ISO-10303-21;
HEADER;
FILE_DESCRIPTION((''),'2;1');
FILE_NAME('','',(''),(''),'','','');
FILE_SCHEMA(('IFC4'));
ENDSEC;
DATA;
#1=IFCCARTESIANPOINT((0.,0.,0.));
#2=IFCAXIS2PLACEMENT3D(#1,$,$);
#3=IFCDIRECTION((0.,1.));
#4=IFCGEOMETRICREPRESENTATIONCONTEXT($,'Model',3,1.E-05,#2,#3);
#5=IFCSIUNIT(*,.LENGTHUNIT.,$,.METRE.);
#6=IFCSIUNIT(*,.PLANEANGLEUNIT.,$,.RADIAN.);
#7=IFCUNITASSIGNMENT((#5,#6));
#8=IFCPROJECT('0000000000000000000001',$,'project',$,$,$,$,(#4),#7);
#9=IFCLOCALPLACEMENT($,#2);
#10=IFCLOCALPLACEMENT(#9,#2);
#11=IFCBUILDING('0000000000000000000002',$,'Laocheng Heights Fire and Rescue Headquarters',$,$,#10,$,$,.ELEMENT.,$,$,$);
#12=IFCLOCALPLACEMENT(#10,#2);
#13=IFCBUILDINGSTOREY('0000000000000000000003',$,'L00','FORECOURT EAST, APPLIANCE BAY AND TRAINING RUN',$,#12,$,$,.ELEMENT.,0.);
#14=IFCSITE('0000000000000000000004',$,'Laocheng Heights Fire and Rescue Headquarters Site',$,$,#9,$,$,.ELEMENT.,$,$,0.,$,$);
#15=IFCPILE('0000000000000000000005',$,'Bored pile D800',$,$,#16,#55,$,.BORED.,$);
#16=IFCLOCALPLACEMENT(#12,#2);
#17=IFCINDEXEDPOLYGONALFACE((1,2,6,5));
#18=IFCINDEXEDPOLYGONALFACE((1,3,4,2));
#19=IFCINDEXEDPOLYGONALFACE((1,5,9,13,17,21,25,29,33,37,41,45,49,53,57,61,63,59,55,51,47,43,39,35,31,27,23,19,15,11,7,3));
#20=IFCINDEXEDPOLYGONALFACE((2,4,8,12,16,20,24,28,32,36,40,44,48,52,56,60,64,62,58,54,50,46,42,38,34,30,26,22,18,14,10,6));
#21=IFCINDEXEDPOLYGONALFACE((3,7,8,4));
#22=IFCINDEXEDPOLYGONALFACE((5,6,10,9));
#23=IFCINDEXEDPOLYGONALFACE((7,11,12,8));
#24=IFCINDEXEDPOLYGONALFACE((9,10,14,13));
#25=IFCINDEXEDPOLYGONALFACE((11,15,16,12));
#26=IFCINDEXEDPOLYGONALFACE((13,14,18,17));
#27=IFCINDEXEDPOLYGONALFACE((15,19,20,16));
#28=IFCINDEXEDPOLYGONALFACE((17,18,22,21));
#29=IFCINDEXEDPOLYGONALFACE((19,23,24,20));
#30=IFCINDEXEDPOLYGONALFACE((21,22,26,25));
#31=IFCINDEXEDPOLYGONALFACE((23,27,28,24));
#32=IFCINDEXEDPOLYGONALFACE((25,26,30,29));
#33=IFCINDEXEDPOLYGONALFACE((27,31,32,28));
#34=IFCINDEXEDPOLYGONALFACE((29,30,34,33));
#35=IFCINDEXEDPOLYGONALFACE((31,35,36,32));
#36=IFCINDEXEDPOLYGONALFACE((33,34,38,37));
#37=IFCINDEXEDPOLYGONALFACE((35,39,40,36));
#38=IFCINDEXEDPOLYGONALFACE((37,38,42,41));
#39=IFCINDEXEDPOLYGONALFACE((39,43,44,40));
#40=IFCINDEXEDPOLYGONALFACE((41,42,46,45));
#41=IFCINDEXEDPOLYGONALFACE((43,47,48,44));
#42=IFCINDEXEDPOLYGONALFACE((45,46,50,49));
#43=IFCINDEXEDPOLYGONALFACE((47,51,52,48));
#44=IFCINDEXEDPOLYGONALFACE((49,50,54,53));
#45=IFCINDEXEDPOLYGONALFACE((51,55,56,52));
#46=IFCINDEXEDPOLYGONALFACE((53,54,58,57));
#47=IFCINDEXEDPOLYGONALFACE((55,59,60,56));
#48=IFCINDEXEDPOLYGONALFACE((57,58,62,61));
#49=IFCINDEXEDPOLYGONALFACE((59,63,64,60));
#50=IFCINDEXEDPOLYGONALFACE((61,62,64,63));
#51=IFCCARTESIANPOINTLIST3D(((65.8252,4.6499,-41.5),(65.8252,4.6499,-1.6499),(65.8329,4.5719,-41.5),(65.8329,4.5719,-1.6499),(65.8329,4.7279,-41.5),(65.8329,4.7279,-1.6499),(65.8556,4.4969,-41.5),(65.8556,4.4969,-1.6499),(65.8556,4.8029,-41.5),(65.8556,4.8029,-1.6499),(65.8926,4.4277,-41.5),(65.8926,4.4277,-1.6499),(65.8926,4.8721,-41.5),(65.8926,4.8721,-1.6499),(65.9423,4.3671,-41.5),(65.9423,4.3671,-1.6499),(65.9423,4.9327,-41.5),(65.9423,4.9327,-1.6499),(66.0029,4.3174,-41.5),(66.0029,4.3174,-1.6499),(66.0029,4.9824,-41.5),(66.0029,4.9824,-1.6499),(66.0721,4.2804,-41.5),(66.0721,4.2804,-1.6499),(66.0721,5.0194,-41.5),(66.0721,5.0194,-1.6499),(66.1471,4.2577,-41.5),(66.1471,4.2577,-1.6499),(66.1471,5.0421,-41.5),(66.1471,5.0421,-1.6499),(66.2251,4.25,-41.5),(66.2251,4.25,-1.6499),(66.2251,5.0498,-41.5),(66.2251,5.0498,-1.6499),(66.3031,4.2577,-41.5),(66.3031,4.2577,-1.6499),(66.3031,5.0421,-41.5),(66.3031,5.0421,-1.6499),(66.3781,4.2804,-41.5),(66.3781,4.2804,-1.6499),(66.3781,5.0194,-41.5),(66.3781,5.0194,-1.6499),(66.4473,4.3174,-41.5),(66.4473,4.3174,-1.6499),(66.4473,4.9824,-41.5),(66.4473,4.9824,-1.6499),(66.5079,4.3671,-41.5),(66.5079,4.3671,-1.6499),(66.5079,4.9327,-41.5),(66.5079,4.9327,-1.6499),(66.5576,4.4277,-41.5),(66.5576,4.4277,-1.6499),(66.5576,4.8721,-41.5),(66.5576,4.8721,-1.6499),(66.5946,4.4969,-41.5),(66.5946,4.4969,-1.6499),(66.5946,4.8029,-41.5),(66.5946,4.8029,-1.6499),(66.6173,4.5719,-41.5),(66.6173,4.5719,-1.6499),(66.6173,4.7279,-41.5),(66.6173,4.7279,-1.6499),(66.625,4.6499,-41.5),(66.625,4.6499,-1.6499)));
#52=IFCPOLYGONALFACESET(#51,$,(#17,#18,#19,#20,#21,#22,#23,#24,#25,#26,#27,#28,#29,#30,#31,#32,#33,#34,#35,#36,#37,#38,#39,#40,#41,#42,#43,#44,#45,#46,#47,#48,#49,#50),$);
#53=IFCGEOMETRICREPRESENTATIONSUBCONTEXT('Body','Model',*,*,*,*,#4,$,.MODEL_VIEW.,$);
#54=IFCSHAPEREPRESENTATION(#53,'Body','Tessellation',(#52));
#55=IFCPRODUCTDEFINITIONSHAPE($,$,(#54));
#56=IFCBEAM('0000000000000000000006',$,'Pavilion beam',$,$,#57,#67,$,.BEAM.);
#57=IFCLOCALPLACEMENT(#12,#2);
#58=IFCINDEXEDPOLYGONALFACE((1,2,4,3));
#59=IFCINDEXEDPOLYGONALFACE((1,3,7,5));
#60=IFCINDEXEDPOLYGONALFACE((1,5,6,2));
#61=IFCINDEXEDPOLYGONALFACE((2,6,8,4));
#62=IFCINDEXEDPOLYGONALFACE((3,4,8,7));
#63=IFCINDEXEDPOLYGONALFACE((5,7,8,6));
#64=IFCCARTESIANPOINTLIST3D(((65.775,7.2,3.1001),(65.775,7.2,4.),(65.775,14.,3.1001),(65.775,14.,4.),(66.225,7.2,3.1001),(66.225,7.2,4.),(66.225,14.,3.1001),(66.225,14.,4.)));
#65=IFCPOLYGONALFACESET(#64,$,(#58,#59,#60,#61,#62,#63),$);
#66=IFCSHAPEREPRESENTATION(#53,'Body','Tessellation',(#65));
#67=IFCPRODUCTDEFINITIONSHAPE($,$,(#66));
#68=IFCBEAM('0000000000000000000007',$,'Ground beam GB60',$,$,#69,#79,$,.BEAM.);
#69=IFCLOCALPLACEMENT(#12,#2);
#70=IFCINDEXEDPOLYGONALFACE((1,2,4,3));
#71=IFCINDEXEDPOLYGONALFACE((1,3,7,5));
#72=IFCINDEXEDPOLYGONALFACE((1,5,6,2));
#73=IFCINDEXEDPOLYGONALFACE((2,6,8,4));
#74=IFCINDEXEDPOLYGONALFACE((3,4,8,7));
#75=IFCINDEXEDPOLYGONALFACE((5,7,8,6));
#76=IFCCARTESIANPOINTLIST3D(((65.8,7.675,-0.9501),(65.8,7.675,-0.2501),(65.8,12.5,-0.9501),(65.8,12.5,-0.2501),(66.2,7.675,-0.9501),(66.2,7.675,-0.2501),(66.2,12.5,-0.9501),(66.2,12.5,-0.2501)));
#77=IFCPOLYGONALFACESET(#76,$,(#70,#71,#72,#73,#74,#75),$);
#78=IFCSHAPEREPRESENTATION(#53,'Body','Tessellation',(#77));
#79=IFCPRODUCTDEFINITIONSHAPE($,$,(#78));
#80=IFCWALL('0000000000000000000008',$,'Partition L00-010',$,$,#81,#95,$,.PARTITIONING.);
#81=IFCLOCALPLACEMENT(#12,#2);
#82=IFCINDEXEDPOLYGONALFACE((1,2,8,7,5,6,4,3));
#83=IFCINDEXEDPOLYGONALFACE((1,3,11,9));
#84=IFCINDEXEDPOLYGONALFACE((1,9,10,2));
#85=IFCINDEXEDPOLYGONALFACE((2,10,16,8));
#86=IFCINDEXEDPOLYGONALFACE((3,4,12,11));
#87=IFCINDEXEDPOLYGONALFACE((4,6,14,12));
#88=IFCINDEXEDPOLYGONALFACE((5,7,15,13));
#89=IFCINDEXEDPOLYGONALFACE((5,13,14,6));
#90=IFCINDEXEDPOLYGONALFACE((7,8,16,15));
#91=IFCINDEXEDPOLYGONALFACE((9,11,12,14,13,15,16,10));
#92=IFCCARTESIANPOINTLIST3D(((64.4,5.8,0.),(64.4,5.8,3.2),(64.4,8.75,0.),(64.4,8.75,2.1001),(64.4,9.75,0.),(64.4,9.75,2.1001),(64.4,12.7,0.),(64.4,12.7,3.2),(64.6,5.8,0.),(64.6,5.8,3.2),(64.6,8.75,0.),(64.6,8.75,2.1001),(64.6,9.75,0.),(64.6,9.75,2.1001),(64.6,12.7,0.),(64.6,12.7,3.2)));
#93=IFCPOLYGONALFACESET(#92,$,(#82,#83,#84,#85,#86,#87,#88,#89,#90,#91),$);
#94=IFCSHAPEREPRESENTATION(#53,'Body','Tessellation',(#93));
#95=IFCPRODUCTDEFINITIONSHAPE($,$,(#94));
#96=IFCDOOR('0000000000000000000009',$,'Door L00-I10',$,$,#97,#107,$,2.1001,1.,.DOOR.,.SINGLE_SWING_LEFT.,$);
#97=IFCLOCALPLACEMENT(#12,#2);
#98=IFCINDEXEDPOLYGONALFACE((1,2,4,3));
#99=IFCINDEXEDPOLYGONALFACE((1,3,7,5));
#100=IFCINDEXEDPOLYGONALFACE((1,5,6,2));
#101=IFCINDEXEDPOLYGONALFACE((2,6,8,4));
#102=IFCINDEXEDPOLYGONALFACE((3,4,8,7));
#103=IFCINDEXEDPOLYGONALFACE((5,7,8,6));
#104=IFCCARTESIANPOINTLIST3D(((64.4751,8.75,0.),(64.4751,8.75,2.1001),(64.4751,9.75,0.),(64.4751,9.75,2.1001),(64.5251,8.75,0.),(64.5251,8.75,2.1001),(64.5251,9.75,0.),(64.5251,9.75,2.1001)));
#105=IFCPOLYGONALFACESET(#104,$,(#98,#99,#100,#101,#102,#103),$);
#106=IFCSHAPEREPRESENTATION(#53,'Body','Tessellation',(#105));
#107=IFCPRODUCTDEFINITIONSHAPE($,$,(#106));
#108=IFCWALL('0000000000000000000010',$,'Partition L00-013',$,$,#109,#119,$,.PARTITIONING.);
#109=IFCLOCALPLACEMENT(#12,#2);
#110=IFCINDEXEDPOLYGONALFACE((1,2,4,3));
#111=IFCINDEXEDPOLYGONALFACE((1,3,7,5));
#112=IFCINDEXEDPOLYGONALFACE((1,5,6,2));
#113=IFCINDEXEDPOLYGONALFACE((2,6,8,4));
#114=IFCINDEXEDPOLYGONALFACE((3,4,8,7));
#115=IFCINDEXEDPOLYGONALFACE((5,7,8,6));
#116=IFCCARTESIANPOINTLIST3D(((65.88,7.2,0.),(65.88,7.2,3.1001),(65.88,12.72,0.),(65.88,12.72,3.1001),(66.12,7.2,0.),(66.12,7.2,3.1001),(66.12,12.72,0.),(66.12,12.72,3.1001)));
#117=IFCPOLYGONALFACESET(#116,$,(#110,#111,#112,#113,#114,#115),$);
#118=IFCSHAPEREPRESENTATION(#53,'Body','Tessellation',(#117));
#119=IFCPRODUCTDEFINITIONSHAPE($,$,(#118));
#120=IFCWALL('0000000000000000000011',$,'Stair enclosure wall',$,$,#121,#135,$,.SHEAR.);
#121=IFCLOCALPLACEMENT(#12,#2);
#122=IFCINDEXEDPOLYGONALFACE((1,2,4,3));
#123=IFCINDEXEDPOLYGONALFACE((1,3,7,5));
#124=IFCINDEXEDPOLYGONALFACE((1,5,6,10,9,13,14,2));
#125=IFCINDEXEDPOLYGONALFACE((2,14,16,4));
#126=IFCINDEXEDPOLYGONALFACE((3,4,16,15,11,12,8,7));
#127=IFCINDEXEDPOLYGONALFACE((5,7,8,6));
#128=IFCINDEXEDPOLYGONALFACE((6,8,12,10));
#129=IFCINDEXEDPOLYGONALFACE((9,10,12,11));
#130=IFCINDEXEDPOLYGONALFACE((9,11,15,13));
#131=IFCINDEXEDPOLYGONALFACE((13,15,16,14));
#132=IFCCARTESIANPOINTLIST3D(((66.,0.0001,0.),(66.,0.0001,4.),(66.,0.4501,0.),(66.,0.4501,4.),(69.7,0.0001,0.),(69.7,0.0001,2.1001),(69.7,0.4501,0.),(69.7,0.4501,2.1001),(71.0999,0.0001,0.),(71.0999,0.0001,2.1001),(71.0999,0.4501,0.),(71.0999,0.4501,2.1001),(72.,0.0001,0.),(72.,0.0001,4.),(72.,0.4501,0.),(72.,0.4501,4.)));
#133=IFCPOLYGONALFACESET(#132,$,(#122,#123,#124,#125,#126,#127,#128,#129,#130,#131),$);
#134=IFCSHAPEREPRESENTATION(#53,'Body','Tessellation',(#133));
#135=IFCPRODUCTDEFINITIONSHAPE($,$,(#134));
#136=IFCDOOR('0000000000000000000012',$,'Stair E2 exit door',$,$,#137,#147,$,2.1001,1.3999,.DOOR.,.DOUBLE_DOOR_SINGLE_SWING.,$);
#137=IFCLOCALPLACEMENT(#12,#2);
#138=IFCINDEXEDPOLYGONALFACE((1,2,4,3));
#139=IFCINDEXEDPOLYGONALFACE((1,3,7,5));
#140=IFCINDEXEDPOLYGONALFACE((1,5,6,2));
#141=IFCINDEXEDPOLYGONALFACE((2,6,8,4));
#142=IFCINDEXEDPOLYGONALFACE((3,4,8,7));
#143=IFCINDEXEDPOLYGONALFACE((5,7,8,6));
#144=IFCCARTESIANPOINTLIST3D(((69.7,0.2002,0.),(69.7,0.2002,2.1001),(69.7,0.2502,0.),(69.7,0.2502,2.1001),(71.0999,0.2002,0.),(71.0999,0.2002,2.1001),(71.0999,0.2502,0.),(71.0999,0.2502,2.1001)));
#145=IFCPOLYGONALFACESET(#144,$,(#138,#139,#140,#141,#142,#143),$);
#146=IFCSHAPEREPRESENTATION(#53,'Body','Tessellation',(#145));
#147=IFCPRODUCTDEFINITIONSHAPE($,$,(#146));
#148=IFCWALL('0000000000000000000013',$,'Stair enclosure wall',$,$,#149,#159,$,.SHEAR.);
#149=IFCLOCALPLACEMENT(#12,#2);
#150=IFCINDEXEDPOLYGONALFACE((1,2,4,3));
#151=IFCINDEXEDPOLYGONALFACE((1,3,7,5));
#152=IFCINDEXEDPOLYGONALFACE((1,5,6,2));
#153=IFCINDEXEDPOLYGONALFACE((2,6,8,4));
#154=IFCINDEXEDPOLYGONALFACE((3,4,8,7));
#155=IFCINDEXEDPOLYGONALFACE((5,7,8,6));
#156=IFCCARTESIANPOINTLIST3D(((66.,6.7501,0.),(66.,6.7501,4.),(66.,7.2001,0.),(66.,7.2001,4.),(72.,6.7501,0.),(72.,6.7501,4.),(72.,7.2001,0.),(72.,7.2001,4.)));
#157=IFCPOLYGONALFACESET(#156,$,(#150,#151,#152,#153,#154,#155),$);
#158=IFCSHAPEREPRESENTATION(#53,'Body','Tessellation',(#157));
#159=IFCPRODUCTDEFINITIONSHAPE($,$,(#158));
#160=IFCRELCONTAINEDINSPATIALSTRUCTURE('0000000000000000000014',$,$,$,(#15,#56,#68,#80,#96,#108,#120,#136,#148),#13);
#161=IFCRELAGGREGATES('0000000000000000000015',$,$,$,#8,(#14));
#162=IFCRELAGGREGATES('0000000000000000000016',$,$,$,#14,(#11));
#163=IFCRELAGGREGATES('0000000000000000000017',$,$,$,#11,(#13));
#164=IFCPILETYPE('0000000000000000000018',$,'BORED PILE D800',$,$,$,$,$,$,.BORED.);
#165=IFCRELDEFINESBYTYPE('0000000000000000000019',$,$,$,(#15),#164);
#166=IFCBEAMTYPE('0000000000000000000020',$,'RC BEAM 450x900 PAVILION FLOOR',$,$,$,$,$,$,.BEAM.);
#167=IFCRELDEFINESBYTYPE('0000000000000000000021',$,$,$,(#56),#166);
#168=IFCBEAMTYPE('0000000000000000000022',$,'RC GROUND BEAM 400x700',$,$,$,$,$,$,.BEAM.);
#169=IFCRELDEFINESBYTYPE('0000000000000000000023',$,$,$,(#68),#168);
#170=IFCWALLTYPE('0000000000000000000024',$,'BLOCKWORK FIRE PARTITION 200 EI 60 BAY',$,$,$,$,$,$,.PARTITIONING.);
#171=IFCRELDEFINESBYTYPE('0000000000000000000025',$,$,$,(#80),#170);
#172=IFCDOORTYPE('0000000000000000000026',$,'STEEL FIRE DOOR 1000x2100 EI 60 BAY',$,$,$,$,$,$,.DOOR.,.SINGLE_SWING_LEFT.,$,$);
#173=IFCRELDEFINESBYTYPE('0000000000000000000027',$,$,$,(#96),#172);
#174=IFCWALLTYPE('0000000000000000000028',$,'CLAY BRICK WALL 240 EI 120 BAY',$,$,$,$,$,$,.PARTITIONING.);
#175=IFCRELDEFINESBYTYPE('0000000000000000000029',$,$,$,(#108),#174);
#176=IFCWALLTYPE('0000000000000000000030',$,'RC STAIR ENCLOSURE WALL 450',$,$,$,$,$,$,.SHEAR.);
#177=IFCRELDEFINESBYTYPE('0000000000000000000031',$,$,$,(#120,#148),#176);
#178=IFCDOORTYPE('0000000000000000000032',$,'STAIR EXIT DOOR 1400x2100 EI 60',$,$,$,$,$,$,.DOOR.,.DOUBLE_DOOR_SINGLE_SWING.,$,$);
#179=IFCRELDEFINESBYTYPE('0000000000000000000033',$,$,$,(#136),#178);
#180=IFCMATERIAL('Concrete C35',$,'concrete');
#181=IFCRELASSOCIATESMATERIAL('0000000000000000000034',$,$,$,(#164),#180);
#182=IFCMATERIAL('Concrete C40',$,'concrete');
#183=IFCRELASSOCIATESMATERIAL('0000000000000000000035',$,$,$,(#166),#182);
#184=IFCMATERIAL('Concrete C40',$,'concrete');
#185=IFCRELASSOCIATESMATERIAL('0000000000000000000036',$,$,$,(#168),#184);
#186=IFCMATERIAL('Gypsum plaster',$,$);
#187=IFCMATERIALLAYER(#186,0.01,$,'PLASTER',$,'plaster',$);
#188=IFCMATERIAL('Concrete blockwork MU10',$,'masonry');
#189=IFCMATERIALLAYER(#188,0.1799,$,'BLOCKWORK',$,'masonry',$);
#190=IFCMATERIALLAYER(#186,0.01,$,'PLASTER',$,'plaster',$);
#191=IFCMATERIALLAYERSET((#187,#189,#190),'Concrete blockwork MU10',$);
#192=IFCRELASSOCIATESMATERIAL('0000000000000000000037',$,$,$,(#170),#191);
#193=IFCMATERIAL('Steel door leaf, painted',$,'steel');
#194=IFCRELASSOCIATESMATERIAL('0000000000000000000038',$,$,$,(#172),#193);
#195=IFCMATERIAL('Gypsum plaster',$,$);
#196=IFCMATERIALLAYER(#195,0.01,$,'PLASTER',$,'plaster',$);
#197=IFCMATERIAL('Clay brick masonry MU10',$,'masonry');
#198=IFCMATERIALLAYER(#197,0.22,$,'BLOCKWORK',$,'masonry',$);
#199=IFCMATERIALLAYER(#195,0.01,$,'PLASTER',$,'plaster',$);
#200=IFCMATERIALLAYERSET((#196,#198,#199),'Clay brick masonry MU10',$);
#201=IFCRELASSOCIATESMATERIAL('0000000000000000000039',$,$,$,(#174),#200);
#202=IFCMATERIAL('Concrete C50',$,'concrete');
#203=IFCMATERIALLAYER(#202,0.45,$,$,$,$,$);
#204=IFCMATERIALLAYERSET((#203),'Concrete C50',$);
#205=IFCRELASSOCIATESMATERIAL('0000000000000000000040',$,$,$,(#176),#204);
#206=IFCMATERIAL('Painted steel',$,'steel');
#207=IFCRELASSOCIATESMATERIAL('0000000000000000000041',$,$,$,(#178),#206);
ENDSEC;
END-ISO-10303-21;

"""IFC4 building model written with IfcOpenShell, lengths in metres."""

from ifc_helpers import new_model, si_unit, direction, frame, frame_2d, origin, origin_2d, place, context, subcontext, project, spatial, rectangle, circle, extrude, material, layer, layer_set, material_profile, profile_set, type_object, element, fill, save


model = new_model("IFC4")

# Units and contexts
model_context = context("Model", 3, precision=1e-05, world=origin(), true_north=direction((0.0, 1.0)))
body_context = subcontext(model_context, "Body", "Model", "MODEL_VIEW")
ifc_project = project(units=[si_unit("LENGTHUNIT", "METRE"), si_unit("PLANEANGLEUNIT", "RADIAN")], contexts=[model_context])

# Site, building, storey
site_placement = place(None, origin())
site = spatial("IfcSite", under=ifc_project, at=site_placement, Name="Laocheng Heights Fire and Rescue Headquarters Site", CompositionType="ELEMENT", RefElevation=0.0)
building_placement = place(site_placement, origin())
building = spatial("IfcBuilding", under=site, at=building_placement, Name="Laocheng Heights Fire and Rescue Headquarters", CompositionType="ELEMENT")
storey_placement = place(building_placement, origin())
storey = spatial("IfcBuildingStorey", under=building, at=storey_placement, Name="L00", Description="FORECOURT EAST, APPLIANCE BAY AND TRAINING RUN", CompositionType="ELEMENT", Elevation=0.0)

# Pile
ifc_material_1 = material(Name="Concrete C35", Category="concrete")
ifc_material_profile_1 = material_profile(ifc_material_1, circle(Radius=0.3999, at=origin_2d()), Name="BORED PILE D800")
ifc_profile_set_1 = profile_set([ifc_material_profile_1], Name="Concrete C35")
pile_type = type_object("IfcPileType", Name="BORED PILE D800", PredefinedType="BORED", material=ifc_profile_set_1)
for number, where, z_axis, x_axis, name in (
    (1, (66.2251, 4.6499, -1.6499), (0.0, 0.0, -1.0), (1.0, 0.0, 0.0), "Bored pile D800"),
):
    element("IfcPile", number, at=place(storey_placement, frame(where, z_axis=z_axis, x_axis=x_axis)), inside=storey, type_object=pile_type, Name=name, PredefinedType="BORED", context=body_context, shape_type="SweptSolid", body=[
        extrude(circle(Radius=0.3999, at=origin_2d()), origin(), (0.0, 0.0, 1.0), 39.8501),
    ])

# Beams
ifc_material_2 = material(Name="Concrete C40", Category="concrete")
ifc_material_profile_2 = material_profile(ifc_material_2, rectangle(XDim=0.45, YDim=0.8999, at=origin_2d()), Name="RC BEAM 450x900 PAVILION FLOOR")
ifc_profile_set_2 = profile_set([ifc_material_profile_2], Name="Concrete C40")
beam_type_1 = type_object("IfcBeamType", Name="RC BEAM 450x900 PAVILION FLOOR", PredefinedType="BEAM", material=ifc_profile_set_2)
beam_1_placement = place(storey_placement, frame((66.0, 7.2, 3.55), z_axis=(0.0, 1.0, 0.0), x_axis=(-1.0, 0.0, 0.0)))
element("IfcBeam", 2, at=beam_1_placement, inside=storey, type_object=beam_type_1, Name="Pavilion beam", PredefinedType="BEAM", context=body_context, shape_type="SweptSolid", body=[
    extrude(rectangle(XDim=0.45, YDim=0.8999, at=origin_2d()), origin(), (0.0, 0.0, 1.0), 6.8),
])
ifc_material_3 = material(Name="Concrete C40", Category="concrete")
ifc_material_profile_3 = material_profile(ifc_material_3, rectangle(XDim=0.3999, YDim=0.7, at=origin_2d()), Name="RC GROUND BEAM 400x700")
ifc_profile_set_3 = profile_set([ifc_material_profile_3], Name="Concrete C40")
beam_type_2 = type_object("IfcBeamType", Name="RC GROUND BEAM 400x700", PredefinedType="BEAM", material=ifc_profile_set_3)
beam_2_placement = place(storey_placement, frame((66.0, 7.675, -0.6001), z_axis=(0.0, 1.0, 0.0), x_axis=(-1.0, 0.0, 0.0)))
element("IfcBeam", 3, at=beam_2_placement, inside=storey, type_object=beam_type_2, Name="Ground beam GB60", PredefinedType="BEAM", context=body_context, shape_type="SweptSolid", body=[
    extrude(rectangle(XDim=0.3999, YDim=0.7, at=origin_2d()), origin(), (0.0, 0.0, 1.0), 4.825),
])

# Wall, opening, door
ifc_material_4 = material(Name="Gypsum plaster")
ifc_layer_1 = layer(ifc_material_4, 0.01, Name="PLASTER", Category="plaster")
ifc_material_5 = material(Name="Concrete blockwork MU10", Category="masonry")
ifc_layer_2 = layer(ifc_material_5, 0.1799, Name="BLOCKWORK", Category="masonry")
ifc_layer_3 = layer(ifc_material_4, 0.01, Name="PLASTER", Category="plaster")
ifc_layer_set_1 = layer_set([ifc_layer_1, ifc_layer_2, ifc_layer_3], Name="Concrete blockwork MU10")
wall_type_1 = type_object("IfcWallType", Name="BLOCKWORK FIRE PARTITION 200 EI 60 BAY", PredefinedType="PARTITIONING", material=ifc_layer_set_1)
wall_1_placement = place(storey_placement, frame((64.5, 5.8, 0.0), z_axis=(0.0, 0.0, 1.0), x_axis=(0.0, 1.0, 0.0)))
wall_1 = element("IfcWall", 4, at=wall_1_placement, inside=storey, type_object=wall_type_1, Name="Partition L00-010", PredefinedType="PARTITIONING", context=body_context, shape_type="SweptSolid", body=[
    extrude(rectangle(XDim=6.8999, YDim=0.2, at=frame_2d((3.45, 0.0))), origin(), (0.0, 0.0, 1.0), 3.2),
])
opening_1_placement = place(wall_1_placement, frame((2.95, 0.0, 0.0)))
opening_1 = element("IfcOpeningElement", 5, at=opening_1_placement, cuts=wall_1, PredefinedType="OPENING", context=body_context, shape_type="SweptSolid", body=[
    extrude(rectangle(XDim=1.0, YDim=2.1001, at=frame_2d((0.5, 1.05))), frame((0.0, 0.1099, 0.0), z_axis=(0.0, -1.0, 0.0), x_axis=(1.0, 0.0, 0.0)), (0.0, 0.0, 1.0), 0.22),
])
ifc_material_6 = material(Name="Steel door leaf, painted", Category="steel")
door_type_1 = type_object("IfcDoorType", Name="STEEL FIRE DOOR 1000x2100 EI 60 BAY", OperationType="SINGLE_SWING_LEFT", PredefinedType="DOOR", material=ifc_material_6)
door_1_placement = place(opening_1_placement, origin())
door_1 = element("IfcDoor", 6, at=door_1_placement, inside=storey, type_object=door_type_1, Name="Door L00-I10", OperationType="SINGLE_SWING_LEFT", OverallHeight=2.1001, OverallWidth=1.0, PredefinedType="DOOR", context=body_context, shape_type="SweptSolid", body=[
    extrude(rectangle(XDim=1.0, YDim=2.1001, at=frame_2d((0.5, 1.05))), frame((0.0, 0.0249, 0.0), z_axis=(0.0, -1.0, 0.0), x_axis=(1.0, 0.0, 0.0)), (0.0, 0.0, 1.0), 0.05),
])
fill(opening_1, door_1)

# Wall
ifc_material_7 = material(Name="Gypsum plaster")
ifc_layer_4 = layer(ifc_material_7, 0.01, Name="PLASTER", Category="plaster")
ifc_material_8 = material(Name="Clay brick masonry MU10", Category="masonry")
ifc_layer_5 = layer(ifc_material_8, 0.22, Name="BLOCKWORK", Category="masonry")
ifc_layer_6 = layer(ifc_material_7, 0.01, Name="PLASTER", Category="plaster")
ifc_layer_set_2 = layer_set([ifc_layer_4, ifc_layer_5, ifc_layer_6], Name="Clay brick masonry MU10")
wall_type_2 = type_object("IfcWallType", Name="CLAY BRICK WALL 240 EI 120 BAY", PredefinedType="PARTITIONING", material=ifc_layer_set_2)
wall_2_placement = place(storey_placement, frame((66.0, 7.2, 0.0), z_axis=(0.0, 0.0, 1.0), x_axis=(0.0, 1.0, 0.0)))
element("IfcWall", 7, at=wall_2_placement, inside=storey, type_object=wall_type_2, Name="Partition L00-013", PredefinedType="PARTITIONING", context=body_context, shape_type="SweptSolid", body=[
    extrude(rectangle(XDim=5.52, YDim=0.24, at=frame_2d((2.76, 0.0))), origin(), (0.0, 0.0, 1.0), 3.1001),
])

# Wall, opening, door
ifc_material_9 = material(Name="Concrete C50", Category="concrete")
ifc_layer_7 = layer(ifc_material_9, 0.45)
ifc_layer_set_3 = layer_set([ifc_layer_7], Name="Concrete C50")
wall_type_3 = type_object("IfcWallType", Name="RC STAIR ENCLOSURE WALL 450", PredefinedType="SHEAR", material=ifc_layer_set_3)
wall_3_placement = place(storey_placement, frame((66.0, 0.2251, 0.0), z_axis=(0.0, 0.0, 1.0), x_axis=(1.0, 0.0, 0.0)))
wall_3 = element("IfcWall", 8, at=wall_3_placement, inside=storey, type_object=wall_type_3, Name="Stair enclosure wall", PredefinedType="SHEAR", context=body_context, shape_type="SweptSolid", body=[
    extrude(rectangle(XDim=6.0, YDim=0.45, at=frame_2d((3.0, 0.0))), origin(), (0.0, 0.0, 1.0), 4.0),
])
opening_2_placement = place(wall_3_placement, frame((3.7, 0.0, 0.0)))
opening_2 = element("IfcOpeningElement", 9, at=opening_2_placement, cuts=wall_3, PredefinedType="OPENING", context=body_context, shape_type="SweptSolid", body=[
    extrude(rectangle(XDim=1.3999, YDim=2.1001, at=frame_2d((0.7, 1.05))), frame((0.0, 0.2349, 0.0), z_axis=(0.0, -1.0, 0.0), x_axis=(1.0, 0.0, 0.0)), (0.0, 0.0, 1.0), 0.47),
])
ifc_material_10 = material(Name="Painted steel", Category="steel")
door_type_2 = type_object("IfcDoorType", Name="STAIR EXIT DOOR 1400x2100 EI 60", OperationType="DOUBLE_DOOR_SINGLE_SWING", PredefinedType="DOOR", material=ifc_material_10)
door_2_placement = place(opening_2_placement, frame((1.3999, 0.0, 0.0), z_axis=(0.0, 0.0, 1.0), x_axis=(-1.0, 0.0, 0.0)))
door_2 = element("IfcDoor", 10, at=door_2_placement, inside=storey, type_object=door_type_2, Name="Stair E2 exit door", OperationType="DOUBLE_DOOR_SINGLE_SWING", OverallHeight=2.1001, OverallWidth=1.3999, PredefinedType="DOOR", context=body_context, shape_type="SweptSolid", body=[
    extrude(rectangle(XDim=1.3999, YDim=2.1001, at=frame_2d((0.7, 1.05))), frame((0.0, 0.0249, 0.0), z_axis=(0.0, -1.0, 0.0), x_axis=(1.0, 0.0, 0.0)), (0.0, 0.0, 1.0), 0.05),
])
fill(opening_2, door_2)

# Wall
wall_4_placement = place(storey_placement, frame((66.0, 6.9751, 0.0), z_axis=(0.0, 0.0, 1.0), x_axis=(1.0, 0.0, 0.0)))
element("IfcWall", 11, at=wall_4_placement, inside=storey, type_object=wall_type_3, Name="Stair enclosure wall", PredefinedType="SHEAR", context=body_context, shape_type="SweptSolid", body=[
    extrude(rectangle(XDim=6.0, YDim=0.45, at=frame_2d((3.0, 0.0))), origin(), (0.0, 0.0, 1.0), 4.0),
])

save(model, "model.ifc")
